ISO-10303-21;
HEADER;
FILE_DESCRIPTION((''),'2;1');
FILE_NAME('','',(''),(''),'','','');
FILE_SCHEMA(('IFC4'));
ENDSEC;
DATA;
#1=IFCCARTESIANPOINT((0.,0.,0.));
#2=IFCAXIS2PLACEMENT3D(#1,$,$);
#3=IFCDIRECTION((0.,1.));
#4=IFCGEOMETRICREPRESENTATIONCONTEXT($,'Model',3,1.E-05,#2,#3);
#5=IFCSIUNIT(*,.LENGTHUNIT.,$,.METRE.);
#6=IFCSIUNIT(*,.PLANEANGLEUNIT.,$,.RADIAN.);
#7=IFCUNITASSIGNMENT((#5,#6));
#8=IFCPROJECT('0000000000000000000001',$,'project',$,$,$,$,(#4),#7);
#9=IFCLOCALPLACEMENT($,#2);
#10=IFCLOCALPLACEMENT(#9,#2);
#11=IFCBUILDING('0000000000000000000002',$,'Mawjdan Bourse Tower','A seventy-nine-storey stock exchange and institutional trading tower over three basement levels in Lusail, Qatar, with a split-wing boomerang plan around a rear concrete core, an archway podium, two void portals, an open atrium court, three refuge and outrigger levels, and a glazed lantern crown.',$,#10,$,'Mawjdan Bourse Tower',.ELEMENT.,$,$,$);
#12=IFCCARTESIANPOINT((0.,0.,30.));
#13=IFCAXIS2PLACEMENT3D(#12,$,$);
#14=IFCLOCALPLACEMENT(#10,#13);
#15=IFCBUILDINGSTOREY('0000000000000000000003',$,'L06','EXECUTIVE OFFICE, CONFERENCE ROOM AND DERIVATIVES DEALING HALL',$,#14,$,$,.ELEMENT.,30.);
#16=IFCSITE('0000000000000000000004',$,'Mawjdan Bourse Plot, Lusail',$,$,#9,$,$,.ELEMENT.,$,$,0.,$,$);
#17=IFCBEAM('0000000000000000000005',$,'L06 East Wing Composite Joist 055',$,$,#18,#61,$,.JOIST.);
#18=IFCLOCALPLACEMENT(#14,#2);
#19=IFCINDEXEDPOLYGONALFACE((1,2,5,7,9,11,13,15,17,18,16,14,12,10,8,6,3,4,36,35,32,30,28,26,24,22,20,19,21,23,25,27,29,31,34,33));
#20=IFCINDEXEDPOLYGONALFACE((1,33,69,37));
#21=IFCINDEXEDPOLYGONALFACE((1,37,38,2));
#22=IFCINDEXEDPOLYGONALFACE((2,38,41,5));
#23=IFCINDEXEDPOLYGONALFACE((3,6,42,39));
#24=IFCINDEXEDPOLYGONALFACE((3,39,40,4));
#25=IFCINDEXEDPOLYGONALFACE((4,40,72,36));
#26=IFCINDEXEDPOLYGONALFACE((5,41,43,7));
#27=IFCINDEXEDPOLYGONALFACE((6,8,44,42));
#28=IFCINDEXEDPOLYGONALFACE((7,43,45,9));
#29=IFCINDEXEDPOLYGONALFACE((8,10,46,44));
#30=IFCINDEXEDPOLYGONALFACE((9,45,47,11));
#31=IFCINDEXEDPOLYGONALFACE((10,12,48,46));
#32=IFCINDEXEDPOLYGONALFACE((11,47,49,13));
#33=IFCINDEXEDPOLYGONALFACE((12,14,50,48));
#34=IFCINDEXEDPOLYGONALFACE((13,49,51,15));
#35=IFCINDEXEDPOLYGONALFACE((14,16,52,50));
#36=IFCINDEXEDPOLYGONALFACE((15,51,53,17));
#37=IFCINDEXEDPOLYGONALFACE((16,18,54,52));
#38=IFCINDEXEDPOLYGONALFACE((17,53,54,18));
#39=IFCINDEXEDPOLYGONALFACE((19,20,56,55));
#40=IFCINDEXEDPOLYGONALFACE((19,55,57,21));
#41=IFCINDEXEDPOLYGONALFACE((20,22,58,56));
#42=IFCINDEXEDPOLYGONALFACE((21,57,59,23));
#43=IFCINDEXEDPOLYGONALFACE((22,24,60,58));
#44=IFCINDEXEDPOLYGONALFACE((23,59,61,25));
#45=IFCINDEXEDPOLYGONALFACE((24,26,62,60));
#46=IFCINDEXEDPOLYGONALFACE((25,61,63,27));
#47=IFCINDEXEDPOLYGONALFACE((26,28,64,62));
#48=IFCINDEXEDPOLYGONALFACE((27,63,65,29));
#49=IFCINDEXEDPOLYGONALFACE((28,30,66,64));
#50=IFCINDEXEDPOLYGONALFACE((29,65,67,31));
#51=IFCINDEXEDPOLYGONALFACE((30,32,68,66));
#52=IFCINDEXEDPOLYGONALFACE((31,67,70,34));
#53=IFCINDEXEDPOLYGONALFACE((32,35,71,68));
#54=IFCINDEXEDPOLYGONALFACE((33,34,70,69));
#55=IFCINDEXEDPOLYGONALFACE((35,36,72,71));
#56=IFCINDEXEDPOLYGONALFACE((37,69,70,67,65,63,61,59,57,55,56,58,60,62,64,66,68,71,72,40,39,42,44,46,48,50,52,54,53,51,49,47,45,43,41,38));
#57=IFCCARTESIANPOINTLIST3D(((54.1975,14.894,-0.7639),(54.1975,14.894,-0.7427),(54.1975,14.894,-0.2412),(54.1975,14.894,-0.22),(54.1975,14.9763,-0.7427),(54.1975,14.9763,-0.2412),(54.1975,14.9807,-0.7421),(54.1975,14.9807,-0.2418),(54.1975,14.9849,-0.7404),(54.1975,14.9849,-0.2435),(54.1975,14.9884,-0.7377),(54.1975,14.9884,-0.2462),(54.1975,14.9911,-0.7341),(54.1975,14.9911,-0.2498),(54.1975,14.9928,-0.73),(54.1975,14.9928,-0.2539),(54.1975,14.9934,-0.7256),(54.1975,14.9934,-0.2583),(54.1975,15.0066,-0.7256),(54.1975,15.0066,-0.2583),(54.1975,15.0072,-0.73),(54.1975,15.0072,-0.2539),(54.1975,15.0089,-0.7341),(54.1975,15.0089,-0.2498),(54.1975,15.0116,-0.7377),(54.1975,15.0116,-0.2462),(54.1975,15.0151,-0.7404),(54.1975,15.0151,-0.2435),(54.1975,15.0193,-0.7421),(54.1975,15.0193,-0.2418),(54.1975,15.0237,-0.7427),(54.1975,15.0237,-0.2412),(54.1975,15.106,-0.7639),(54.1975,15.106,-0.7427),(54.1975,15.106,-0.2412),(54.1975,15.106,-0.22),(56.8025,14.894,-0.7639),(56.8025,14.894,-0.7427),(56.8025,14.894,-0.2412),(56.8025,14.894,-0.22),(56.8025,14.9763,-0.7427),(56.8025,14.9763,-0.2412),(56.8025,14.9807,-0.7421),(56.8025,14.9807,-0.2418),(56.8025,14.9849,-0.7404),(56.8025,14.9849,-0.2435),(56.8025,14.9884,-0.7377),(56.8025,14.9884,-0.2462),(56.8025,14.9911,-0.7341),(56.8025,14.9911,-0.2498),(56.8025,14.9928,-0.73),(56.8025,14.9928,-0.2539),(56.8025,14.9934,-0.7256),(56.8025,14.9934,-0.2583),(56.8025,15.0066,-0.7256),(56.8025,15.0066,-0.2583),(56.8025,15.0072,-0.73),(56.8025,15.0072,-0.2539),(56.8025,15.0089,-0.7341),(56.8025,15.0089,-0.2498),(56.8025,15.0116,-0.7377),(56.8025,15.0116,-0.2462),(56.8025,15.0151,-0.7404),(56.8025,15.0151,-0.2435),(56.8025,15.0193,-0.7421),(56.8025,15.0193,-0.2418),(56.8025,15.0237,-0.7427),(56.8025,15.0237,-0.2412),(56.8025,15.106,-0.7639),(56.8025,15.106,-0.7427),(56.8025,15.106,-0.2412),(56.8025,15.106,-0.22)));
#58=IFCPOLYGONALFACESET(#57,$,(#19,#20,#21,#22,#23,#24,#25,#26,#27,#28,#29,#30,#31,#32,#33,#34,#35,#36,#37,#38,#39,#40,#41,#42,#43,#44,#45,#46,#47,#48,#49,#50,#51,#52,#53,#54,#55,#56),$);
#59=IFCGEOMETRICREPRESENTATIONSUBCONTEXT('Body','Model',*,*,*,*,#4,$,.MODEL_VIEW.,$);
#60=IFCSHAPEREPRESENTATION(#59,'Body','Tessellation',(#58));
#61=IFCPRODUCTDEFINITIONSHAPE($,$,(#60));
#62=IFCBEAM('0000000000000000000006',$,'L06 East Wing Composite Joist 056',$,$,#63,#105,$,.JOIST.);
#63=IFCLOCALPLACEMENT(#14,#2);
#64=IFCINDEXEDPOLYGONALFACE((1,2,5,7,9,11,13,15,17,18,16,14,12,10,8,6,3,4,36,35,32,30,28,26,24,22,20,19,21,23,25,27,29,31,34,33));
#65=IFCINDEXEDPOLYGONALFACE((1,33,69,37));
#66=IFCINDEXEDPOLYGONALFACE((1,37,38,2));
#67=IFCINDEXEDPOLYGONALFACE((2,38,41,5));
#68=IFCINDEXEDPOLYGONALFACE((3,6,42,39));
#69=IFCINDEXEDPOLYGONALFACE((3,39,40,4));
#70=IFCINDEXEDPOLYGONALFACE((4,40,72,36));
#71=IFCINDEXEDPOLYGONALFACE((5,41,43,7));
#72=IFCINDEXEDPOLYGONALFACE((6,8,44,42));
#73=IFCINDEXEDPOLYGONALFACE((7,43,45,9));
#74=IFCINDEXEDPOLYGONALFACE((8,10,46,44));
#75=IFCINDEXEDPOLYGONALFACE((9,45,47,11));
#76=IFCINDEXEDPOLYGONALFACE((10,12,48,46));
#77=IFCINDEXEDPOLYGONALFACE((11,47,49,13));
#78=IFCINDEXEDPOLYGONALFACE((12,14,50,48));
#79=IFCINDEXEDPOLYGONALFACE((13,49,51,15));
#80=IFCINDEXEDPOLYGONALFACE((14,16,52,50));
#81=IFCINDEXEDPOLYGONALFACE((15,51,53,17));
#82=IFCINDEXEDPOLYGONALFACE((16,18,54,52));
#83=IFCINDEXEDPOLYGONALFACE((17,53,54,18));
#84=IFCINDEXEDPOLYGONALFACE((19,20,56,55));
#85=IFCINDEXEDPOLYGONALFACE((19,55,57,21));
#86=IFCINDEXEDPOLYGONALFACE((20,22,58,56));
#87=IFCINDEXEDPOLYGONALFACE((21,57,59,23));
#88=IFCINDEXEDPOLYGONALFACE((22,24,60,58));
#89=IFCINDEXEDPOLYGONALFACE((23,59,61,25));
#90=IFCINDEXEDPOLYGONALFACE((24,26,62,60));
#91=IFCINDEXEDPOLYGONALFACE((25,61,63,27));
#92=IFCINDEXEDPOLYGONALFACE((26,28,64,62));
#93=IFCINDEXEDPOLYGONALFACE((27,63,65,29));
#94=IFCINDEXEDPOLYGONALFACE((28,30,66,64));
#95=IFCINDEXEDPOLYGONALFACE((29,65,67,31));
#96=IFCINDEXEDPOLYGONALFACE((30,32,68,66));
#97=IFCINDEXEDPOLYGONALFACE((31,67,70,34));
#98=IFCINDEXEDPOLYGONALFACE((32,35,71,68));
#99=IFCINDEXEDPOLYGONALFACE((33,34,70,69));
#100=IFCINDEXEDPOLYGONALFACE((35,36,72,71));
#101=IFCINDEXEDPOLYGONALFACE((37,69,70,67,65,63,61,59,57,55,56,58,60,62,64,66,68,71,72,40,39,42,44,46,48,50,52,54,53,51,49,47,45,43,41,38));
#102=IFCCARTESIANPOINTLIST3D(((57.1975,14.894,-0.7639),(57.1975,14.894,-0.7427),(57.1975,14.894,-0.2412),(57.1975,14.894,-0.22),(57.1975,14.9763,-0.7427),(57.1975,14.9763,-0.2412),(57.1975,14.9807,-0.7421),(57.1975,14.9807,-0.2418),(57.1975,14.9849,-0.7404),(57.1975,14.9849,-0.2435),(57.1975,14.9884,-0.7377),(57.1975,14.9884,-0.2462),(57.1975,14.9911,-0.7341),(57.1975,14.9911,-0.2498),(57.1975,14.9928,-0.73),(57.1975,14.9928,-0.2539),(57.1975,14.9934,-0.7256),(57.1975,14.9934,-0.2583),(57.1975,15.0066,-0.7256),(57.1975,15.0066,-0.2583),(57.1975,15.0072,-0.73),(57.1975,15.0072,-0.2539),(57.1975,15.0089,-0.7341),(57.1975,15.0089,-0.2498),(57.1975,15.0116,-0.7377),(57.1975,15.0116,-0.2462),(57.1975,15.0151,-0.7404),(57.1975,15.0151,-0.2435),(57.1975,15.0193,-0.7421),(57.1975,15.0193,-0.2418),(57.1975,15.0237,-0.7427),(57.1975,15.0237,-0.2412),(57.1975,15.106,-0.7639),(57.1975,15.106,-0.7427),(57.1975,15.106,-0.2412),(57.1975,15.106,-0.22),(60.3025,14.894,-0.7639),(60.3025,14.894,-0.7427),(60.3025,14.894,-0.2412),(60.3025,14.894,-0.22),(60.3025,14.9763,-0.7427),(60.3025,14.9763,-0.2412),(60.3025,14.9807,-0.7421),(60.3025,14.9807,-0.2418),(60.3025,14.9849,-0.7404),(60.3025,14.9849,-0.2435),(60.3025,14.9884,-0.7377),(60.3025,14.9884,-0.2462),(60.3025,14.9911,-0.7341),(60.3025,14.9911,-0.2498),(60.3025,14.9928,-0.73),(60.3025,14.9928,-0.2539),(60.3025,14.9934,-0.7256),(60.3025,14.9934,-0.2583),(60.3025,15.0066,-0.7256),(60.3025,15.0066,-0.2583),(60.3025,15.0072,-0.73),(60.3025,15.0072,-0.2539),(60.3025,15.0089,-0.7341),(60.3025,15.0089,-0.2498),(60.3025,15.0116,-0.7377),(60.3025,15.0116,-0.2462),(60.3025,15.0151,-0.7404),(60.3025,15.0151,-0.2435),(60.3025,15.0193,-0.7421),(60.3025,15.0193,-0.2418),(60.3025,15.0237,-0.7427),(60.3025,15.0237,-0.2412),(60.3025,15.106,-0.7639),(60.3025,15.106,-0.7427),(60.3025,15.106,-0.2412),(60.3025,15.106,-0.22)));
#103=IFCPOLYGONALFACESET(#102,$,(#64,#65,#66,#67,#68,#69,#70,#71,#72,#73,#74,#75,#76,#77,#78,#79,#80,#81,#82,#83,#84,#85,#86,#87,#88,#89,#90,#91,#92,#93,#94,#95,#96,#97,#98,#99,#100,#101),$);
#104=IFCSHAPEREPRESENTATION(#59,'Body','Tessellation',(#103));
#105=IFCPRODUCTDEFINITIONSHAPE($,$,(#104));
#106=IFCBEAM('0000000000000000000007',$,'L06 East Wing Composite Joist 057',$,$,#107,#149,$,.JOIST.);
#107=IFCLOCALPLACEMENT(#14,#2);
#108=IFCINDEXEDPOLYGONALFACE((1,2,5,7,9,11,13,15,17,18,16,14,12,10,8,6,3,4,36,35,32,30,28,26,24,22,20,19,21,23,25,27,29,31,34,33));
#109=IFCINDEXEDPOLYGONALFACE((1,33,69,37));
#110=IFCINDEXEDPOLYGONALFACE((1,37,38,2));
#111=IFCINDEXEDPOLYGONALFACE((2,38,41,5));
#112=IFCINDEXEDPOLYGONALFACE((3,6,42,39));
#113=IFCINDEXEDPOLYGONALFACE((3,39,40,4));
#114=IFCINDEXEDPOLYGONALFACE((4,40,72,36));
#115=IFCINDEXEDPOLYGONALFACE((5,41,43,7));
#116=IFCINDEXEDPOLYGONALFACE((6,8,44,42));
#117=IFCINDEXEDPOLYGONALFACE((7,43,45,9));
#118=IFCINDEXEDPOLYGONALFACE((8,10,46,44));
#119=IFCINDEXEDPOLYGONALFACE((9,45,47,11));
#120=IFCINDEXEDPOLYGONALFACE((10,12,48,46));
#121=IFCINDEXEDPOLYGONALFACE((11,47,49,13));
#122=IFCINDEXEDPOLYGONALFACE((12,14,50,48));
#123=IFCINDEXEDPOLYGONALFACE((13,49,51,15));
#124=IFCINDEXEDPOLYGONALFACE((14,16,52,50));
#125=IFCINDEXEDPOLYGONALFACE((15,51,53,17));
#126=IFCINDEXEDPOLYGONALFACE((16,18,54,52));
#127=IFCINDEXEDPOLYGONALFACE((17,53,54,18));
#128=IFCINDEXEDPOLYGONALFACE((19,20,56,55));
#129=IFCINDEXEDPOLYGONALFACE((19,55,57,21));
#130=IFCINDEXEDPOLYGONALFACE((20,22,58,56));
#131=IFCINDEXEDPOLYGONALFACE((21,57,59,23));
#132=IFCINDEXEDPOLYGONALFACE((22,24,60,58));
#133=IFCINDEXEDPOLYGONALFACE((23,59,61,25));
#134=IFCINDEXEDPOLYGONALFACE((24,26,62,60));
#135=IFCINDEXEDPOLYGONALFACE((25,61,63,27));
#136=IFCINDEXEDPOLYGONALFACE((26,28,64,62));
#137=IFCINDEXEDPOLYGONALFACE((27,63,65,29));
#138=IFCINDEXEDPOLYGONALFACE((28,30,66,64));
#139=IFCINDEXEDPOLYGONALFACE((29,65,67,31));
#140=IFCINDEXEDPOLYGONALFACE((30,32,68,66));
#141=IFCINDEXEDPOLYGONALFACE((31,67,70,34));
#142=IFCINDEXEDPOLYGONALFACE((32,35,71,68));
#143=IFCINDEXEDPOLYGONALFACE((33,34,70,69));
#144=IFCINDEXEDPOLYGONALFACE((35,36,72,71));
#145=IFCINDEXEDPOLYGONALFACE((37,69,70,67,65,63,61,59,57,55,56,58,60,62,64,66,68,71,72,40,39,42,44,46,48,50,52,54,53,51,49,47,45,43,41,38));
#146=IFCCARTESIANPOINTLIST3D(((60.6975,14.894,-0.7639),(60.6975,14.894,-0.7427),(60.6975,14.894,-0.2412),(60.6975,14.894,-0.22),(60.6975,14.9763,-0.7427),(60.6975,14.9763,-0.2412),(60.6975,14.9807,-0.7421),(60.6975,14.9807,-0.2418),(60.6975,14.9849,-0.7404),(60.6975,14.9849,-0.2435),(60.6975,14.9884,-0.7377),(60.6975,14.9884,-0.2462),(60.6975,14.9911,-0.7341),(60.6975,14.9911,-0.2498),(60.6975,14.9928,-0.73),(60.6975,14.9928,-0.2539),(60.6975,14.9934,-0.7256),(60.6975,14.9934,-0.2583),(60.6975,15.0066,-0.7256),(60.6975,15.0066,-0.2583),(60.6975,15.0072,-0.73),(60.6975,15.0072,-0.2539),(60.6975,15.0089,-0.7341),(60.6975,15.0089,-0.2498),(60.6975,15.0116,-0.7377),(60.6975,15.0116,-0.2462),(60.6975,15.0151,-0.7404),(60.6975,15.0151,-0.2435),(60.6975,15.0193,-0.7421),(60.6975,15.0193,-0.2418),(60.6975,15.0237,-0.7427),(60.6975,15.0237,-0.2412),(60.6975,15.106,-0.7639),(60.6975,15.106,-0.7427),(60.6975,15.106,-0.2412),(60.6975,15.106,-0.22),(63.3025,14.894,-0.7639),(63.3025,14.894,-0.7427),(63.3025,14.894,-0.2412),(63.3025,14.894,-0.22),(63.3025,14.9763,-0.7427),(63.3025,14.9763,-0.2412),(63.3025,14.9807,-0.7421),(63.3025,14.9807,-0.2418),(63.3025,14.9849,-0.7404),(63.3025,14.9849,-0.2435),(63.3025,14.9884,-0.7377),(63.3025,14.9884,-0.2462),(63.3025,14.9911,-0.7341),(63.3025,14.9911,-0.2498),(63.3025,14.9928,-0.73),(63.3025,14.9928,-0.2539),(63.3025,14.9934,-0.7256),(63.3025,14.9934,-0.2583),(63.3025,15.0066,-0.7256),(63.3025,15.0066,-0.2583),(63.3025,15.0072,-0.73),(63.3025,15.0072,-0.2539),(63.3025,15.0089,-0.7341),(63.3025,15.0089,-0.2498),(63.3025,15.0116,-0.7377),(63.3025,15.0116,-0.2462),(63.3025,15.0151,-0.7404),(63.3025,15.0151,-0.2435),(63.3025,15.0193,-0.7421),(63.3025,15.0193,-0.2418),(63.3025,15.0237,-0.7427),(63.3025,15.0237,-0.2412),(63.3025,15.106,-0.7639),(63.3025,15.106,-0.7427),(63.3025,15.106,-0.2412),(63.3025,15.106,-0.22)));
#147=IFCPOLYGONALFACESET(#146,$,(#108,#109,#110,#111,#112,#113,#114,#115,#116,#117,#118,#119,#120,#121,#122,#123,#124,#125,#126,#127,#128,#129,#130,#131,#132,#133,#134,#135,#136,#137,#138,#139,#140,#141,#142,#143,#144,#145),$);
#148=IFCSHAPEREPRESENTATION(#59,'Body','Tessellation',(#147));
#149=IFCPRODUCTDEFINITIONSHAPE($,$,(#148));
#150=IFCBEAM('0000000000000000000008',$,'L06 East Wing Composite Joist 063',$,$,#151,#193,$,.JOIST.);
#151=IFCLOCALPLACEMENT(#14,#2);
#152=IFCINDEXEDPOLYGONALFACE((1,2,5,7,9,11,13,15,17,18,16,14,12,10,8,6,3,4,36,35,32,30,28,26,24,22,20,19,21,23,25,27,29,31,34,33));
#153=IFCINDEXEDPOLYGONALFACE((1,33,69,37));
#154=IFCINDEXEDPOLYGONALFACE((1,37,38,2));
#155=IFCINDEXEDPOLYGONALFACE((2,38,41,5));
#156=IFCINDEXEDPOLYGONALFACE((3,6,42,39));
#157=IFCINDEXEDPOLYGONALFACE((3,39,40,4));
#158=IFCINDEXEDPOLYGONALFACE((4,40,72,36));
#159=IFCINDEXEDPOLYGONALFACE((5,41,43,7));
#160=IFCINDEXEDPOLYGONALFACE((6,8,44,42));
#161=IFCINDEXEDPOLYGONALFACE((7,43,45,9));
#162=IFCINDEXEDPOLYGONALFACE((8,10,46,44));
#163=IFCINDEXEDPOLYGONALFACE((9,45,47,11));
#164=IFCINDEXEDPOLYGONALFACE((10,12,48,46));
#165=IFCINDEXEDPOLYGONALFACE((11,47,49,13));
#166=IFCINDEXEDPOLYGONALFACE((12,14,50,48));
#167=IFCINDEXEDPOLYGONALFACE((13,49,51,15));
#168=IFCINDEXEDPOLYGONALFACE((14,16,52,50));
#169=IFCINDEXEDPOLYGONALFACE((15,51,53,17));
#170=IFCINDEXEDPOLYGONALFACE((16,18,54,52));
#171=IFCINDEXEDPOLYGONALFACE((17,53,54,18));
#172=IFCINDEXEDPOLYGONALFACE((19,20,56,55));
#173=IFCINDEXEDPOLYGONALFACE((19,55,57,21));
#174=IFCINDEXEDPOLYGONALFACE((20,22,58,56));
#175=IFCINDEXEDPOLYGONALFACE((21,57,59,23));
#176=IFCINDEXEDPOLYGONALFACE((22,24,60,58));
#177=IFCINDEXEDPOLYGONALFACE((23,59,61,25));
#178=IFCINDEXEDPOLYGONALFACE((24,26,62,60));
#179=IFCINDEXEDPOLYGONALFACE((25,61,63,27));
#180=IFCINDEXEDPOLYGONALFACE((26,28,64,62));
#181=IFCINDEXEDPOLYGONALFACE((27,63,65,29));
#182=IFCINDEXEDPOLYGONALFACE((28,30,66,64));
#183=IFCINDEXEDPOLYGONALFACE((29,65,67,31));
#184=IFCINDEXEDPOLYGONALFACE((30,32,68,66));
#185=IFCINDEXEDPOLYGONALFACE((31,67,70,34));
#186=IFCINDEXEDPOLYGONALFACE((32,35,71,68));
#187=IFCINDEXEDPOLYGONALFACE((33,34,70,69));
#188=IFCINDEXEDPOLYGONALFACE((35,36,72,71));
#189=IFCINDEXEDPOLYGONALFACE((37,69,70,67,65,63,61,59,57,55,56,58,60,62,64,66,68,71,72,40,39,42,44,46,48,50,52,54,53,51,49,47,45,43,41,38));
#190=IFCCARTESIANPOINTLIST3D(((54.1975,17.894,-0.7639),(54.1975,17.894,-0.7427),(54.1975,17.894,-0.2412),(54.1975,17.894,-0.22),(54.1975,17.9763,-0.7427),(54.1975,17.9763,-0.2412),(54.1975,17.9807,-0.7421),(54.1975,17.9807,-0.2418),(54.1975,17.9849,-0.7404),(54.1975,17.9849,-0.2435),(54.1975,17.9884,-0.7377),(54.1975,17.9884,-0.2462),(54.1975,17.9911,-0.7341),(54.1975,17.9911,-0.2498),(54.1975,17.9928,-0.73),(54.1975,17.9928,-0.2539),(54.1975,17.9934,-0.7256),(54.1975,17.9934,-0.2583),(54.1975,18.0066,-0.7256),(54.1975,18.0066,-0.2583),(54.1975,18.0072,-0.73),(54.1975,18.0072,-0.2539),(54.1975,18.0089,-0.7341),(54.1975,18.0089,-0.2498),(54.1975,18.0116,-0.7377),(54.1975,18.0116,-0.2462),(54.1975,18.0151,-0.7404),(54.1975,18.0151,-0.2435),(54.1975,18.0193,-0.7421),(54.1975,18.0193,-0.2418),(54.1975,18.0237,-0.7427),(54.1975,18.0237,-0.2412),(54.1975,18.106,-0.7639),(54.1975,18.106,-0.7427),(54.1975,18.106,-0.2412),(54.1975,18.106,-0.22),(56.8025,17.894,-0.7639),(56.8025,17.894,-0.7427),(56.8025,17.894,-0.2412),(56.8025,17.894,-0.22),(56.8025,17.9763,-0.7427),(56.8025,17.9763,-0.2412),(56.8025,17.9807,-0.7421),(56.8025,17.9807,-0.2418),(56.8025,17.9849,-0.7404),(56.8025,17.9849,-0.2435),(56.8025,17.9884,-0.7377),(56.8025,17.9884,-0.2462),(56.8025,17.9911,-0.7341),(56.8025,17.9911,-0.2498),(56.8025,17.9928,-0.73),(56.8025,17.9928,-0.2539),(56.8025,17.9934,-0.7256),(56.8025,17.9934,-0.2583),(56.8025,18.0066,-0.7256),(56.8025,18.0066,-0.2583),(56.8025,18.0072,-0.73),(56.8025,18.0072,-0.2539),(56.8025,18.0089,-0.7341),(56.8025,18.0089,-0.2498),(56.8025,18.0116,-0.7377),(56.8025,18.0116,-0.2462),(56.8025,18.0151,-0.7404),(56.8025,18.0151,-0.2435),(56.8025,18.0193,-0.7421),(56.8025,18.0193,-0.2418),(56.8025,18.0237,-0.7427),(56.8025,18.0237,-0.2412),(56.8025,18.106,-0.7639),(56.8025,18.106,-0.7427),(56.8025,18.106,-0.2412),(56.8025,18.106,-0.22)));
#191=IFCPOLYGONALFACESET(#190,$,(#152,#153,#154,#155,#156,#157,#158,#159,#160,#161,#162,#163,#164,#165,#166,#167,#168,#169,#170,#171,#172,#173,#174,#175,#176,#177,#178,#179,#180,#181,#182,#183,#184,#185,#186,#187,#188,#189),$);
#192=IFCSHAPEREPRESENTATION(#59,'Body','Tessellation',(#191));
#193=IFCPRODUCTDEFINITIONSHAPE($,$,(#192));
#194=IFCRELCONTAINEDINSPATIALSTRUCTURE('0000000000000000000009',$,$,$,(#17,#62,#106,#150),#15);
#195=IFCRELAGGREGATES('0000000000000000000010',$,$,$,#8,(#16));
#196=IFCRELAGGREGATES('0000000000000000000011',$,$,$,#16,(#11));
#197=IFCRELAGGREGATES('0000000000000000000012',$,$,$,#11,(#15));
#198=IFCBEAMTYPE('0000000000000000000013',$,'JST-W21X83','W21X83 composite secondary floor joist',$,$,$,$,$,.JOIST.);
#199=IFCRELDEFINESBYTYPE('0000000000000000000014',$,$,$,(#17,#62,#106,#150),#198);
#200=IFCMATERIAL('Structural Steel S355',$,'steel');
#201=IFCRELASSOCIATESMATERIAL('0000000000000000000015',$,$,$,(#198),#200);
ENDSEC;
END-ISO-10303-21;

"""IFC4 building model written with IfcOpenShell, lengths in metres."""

from ifc_helpers import new_model, si_unit, direction, frame, origin, origin_2d, place, context, subcontext, project, spatial, i_section, extrude, material, material_profile, profile_set, type_object, element, save


model = new_model("IFC4")

# Units and contexts
model_context = context("Model", 3, precision=1e-05, world=origin(), true_north=direction((0.0, 1.0)))
body_context = subcontext(model_context, "Body", "Model", "MODEL_VIEW")
ifc_project = project(units=[si_unit("LENGTHUNIT", "METRE"), si_unit("PLANEANGLEUNIT", "RADIAN")], contexts=[model_context])

# Site, building, storey
site_placement = place(None, origin())
site = spatial("IfcSite", under=ifc_project, at=site_placement, Name="Mawjdan Bourse Plot, Lusail", CompositionType="ELEMENT", RefElevation=0.0)
building_placement = place(site_placement, origin())
building = spatial("IfcBuilding", under=site, at=building_placement, Name="Mawjdan Bourse Tower", Description="A seventy-nine-storey stock exchange and institutional trading tower over three basement levels in Lusail, Qatar, with a split-wing boomerang plan around a rear concrete core, an archway podium, two void portals, an open atrium court, three refuge and outrigger levels, and a glazed lantern crown.", LongName="Mawjdan Bourse Tower", CompositionType="ELEMENT")
storey_placement = place(building_placement, frame((0.0, 0.0, 30.0)))
storey = spatial("IfcBuildingStorey", under=building, at=storey_placement, Name="L06", Description="EXECUTIVE OFFICE, CONFERENCE ROOM AND DERIVATIVES DEALING HALL", CompositionType="ELEMENT", Elevation=30.0)

# Beams
ifc_material_1 = material(Name="Structural Steel S355", Category="steel")
ifc_material_profile_1 = material_profile(ifc_material_1, i_section(OverallWidth=0.2119, OverallDepth=0.5439, WebThickness=0.0132, FlangeThickness=0.0212, FilletRadius=0.0171, at=origin_2d()), Name="W21X83")
ifc_profile_set_1 = profile_set([ifc_material_profile_1], Name="Structural Steel S355")
beam_type_1 = type_object("IfcBeamType", Name="JST-W21X83", Description="W21X83 composite secondary floor joist", PredefinedType="JOIST", material=ifc_profile_set_1)
for number, where, z_axis, x_axis, name in (
    (1, (54.1975, 15.0, -0.4919), (1.0, 0.0, 0.0), (0.0, 1.0, 0.0), "L06 East Wing Composite Joist 055"),
):
    element("IfcBeam", number, at=place(storey_placement, frame(where, z_axis=z_axis, x_axis=x_axis)), inside=storey, type_object=beam_type_1, Name=name, PredefinedType="JOIST", context=body_context, shape_type="SweptSolid", body=[
        extrude(i_section(OverallWidth=0.2119, OverallDepth=0.5439, WebThickness=0.0132, FlangeThickness=0.0212, FilletRadius=0.0171, at=origin_2d()), origin(), (0.0, 0.0, 1.0), 2.605),
    ])
beam_1_placement = place(storey_placement, frame((57.1975, 15.0, -0.4919), z_axis=(1.0, 0.0, 0.0), x_axis=(0.0, 1.0, 0.0)))
element("IfcBeam", 2, at=beam_1_placement, inside=storey, type_object=beam_type_1, Name="L06 East Wing Composite Joist 056", PredefinedType="JOIST", context=body_context, shape_type="SweptSolid", body=[
    extrude(i_section(OverallWidth=0.2119, OverallDepth=0.5439, WebThickness=0.0132, FlangeThickness=0.0212, FilletRadius=0.0171, at=origin_2d()), origin(), (0.0, 0.0, 1.0), 3.105),
])
for number, where, z_axis, x_axis, name in (
    (3, (60.6975, 15.0, -0.4919), (1.0, 0.0, 0.0), (0.0, 1.0, 0.0), "L06 East Wing Composite Joist 057"),
    (4, (54.1975, 18.0, -0.4919), (1.0, 0.0, 0.0), (0.0, 1.0, 0.0), "L06 East Wing Composite Joist 063"),
):
    element("IfcBeam", number, at=place(storey_placement, frame(where, z_axis=z_axis, x_axis=x_axis)), inside=storey, type_object=beam_type_1, Name=name, PredefinedType="JOIST", context=body_context, shape_type="SweptSolid", body=[
        extrude(i_section(OverallWidth=0.2119, OverallDepth=0.5439, WebThickness=0.0132, FlangeThickness=0.0212, FilletRadius=0.0171, at=origin_2d()), origin(), (0.0, 0.0, 1.0), 2.605),
    ])

save(model, "model.ifc")
